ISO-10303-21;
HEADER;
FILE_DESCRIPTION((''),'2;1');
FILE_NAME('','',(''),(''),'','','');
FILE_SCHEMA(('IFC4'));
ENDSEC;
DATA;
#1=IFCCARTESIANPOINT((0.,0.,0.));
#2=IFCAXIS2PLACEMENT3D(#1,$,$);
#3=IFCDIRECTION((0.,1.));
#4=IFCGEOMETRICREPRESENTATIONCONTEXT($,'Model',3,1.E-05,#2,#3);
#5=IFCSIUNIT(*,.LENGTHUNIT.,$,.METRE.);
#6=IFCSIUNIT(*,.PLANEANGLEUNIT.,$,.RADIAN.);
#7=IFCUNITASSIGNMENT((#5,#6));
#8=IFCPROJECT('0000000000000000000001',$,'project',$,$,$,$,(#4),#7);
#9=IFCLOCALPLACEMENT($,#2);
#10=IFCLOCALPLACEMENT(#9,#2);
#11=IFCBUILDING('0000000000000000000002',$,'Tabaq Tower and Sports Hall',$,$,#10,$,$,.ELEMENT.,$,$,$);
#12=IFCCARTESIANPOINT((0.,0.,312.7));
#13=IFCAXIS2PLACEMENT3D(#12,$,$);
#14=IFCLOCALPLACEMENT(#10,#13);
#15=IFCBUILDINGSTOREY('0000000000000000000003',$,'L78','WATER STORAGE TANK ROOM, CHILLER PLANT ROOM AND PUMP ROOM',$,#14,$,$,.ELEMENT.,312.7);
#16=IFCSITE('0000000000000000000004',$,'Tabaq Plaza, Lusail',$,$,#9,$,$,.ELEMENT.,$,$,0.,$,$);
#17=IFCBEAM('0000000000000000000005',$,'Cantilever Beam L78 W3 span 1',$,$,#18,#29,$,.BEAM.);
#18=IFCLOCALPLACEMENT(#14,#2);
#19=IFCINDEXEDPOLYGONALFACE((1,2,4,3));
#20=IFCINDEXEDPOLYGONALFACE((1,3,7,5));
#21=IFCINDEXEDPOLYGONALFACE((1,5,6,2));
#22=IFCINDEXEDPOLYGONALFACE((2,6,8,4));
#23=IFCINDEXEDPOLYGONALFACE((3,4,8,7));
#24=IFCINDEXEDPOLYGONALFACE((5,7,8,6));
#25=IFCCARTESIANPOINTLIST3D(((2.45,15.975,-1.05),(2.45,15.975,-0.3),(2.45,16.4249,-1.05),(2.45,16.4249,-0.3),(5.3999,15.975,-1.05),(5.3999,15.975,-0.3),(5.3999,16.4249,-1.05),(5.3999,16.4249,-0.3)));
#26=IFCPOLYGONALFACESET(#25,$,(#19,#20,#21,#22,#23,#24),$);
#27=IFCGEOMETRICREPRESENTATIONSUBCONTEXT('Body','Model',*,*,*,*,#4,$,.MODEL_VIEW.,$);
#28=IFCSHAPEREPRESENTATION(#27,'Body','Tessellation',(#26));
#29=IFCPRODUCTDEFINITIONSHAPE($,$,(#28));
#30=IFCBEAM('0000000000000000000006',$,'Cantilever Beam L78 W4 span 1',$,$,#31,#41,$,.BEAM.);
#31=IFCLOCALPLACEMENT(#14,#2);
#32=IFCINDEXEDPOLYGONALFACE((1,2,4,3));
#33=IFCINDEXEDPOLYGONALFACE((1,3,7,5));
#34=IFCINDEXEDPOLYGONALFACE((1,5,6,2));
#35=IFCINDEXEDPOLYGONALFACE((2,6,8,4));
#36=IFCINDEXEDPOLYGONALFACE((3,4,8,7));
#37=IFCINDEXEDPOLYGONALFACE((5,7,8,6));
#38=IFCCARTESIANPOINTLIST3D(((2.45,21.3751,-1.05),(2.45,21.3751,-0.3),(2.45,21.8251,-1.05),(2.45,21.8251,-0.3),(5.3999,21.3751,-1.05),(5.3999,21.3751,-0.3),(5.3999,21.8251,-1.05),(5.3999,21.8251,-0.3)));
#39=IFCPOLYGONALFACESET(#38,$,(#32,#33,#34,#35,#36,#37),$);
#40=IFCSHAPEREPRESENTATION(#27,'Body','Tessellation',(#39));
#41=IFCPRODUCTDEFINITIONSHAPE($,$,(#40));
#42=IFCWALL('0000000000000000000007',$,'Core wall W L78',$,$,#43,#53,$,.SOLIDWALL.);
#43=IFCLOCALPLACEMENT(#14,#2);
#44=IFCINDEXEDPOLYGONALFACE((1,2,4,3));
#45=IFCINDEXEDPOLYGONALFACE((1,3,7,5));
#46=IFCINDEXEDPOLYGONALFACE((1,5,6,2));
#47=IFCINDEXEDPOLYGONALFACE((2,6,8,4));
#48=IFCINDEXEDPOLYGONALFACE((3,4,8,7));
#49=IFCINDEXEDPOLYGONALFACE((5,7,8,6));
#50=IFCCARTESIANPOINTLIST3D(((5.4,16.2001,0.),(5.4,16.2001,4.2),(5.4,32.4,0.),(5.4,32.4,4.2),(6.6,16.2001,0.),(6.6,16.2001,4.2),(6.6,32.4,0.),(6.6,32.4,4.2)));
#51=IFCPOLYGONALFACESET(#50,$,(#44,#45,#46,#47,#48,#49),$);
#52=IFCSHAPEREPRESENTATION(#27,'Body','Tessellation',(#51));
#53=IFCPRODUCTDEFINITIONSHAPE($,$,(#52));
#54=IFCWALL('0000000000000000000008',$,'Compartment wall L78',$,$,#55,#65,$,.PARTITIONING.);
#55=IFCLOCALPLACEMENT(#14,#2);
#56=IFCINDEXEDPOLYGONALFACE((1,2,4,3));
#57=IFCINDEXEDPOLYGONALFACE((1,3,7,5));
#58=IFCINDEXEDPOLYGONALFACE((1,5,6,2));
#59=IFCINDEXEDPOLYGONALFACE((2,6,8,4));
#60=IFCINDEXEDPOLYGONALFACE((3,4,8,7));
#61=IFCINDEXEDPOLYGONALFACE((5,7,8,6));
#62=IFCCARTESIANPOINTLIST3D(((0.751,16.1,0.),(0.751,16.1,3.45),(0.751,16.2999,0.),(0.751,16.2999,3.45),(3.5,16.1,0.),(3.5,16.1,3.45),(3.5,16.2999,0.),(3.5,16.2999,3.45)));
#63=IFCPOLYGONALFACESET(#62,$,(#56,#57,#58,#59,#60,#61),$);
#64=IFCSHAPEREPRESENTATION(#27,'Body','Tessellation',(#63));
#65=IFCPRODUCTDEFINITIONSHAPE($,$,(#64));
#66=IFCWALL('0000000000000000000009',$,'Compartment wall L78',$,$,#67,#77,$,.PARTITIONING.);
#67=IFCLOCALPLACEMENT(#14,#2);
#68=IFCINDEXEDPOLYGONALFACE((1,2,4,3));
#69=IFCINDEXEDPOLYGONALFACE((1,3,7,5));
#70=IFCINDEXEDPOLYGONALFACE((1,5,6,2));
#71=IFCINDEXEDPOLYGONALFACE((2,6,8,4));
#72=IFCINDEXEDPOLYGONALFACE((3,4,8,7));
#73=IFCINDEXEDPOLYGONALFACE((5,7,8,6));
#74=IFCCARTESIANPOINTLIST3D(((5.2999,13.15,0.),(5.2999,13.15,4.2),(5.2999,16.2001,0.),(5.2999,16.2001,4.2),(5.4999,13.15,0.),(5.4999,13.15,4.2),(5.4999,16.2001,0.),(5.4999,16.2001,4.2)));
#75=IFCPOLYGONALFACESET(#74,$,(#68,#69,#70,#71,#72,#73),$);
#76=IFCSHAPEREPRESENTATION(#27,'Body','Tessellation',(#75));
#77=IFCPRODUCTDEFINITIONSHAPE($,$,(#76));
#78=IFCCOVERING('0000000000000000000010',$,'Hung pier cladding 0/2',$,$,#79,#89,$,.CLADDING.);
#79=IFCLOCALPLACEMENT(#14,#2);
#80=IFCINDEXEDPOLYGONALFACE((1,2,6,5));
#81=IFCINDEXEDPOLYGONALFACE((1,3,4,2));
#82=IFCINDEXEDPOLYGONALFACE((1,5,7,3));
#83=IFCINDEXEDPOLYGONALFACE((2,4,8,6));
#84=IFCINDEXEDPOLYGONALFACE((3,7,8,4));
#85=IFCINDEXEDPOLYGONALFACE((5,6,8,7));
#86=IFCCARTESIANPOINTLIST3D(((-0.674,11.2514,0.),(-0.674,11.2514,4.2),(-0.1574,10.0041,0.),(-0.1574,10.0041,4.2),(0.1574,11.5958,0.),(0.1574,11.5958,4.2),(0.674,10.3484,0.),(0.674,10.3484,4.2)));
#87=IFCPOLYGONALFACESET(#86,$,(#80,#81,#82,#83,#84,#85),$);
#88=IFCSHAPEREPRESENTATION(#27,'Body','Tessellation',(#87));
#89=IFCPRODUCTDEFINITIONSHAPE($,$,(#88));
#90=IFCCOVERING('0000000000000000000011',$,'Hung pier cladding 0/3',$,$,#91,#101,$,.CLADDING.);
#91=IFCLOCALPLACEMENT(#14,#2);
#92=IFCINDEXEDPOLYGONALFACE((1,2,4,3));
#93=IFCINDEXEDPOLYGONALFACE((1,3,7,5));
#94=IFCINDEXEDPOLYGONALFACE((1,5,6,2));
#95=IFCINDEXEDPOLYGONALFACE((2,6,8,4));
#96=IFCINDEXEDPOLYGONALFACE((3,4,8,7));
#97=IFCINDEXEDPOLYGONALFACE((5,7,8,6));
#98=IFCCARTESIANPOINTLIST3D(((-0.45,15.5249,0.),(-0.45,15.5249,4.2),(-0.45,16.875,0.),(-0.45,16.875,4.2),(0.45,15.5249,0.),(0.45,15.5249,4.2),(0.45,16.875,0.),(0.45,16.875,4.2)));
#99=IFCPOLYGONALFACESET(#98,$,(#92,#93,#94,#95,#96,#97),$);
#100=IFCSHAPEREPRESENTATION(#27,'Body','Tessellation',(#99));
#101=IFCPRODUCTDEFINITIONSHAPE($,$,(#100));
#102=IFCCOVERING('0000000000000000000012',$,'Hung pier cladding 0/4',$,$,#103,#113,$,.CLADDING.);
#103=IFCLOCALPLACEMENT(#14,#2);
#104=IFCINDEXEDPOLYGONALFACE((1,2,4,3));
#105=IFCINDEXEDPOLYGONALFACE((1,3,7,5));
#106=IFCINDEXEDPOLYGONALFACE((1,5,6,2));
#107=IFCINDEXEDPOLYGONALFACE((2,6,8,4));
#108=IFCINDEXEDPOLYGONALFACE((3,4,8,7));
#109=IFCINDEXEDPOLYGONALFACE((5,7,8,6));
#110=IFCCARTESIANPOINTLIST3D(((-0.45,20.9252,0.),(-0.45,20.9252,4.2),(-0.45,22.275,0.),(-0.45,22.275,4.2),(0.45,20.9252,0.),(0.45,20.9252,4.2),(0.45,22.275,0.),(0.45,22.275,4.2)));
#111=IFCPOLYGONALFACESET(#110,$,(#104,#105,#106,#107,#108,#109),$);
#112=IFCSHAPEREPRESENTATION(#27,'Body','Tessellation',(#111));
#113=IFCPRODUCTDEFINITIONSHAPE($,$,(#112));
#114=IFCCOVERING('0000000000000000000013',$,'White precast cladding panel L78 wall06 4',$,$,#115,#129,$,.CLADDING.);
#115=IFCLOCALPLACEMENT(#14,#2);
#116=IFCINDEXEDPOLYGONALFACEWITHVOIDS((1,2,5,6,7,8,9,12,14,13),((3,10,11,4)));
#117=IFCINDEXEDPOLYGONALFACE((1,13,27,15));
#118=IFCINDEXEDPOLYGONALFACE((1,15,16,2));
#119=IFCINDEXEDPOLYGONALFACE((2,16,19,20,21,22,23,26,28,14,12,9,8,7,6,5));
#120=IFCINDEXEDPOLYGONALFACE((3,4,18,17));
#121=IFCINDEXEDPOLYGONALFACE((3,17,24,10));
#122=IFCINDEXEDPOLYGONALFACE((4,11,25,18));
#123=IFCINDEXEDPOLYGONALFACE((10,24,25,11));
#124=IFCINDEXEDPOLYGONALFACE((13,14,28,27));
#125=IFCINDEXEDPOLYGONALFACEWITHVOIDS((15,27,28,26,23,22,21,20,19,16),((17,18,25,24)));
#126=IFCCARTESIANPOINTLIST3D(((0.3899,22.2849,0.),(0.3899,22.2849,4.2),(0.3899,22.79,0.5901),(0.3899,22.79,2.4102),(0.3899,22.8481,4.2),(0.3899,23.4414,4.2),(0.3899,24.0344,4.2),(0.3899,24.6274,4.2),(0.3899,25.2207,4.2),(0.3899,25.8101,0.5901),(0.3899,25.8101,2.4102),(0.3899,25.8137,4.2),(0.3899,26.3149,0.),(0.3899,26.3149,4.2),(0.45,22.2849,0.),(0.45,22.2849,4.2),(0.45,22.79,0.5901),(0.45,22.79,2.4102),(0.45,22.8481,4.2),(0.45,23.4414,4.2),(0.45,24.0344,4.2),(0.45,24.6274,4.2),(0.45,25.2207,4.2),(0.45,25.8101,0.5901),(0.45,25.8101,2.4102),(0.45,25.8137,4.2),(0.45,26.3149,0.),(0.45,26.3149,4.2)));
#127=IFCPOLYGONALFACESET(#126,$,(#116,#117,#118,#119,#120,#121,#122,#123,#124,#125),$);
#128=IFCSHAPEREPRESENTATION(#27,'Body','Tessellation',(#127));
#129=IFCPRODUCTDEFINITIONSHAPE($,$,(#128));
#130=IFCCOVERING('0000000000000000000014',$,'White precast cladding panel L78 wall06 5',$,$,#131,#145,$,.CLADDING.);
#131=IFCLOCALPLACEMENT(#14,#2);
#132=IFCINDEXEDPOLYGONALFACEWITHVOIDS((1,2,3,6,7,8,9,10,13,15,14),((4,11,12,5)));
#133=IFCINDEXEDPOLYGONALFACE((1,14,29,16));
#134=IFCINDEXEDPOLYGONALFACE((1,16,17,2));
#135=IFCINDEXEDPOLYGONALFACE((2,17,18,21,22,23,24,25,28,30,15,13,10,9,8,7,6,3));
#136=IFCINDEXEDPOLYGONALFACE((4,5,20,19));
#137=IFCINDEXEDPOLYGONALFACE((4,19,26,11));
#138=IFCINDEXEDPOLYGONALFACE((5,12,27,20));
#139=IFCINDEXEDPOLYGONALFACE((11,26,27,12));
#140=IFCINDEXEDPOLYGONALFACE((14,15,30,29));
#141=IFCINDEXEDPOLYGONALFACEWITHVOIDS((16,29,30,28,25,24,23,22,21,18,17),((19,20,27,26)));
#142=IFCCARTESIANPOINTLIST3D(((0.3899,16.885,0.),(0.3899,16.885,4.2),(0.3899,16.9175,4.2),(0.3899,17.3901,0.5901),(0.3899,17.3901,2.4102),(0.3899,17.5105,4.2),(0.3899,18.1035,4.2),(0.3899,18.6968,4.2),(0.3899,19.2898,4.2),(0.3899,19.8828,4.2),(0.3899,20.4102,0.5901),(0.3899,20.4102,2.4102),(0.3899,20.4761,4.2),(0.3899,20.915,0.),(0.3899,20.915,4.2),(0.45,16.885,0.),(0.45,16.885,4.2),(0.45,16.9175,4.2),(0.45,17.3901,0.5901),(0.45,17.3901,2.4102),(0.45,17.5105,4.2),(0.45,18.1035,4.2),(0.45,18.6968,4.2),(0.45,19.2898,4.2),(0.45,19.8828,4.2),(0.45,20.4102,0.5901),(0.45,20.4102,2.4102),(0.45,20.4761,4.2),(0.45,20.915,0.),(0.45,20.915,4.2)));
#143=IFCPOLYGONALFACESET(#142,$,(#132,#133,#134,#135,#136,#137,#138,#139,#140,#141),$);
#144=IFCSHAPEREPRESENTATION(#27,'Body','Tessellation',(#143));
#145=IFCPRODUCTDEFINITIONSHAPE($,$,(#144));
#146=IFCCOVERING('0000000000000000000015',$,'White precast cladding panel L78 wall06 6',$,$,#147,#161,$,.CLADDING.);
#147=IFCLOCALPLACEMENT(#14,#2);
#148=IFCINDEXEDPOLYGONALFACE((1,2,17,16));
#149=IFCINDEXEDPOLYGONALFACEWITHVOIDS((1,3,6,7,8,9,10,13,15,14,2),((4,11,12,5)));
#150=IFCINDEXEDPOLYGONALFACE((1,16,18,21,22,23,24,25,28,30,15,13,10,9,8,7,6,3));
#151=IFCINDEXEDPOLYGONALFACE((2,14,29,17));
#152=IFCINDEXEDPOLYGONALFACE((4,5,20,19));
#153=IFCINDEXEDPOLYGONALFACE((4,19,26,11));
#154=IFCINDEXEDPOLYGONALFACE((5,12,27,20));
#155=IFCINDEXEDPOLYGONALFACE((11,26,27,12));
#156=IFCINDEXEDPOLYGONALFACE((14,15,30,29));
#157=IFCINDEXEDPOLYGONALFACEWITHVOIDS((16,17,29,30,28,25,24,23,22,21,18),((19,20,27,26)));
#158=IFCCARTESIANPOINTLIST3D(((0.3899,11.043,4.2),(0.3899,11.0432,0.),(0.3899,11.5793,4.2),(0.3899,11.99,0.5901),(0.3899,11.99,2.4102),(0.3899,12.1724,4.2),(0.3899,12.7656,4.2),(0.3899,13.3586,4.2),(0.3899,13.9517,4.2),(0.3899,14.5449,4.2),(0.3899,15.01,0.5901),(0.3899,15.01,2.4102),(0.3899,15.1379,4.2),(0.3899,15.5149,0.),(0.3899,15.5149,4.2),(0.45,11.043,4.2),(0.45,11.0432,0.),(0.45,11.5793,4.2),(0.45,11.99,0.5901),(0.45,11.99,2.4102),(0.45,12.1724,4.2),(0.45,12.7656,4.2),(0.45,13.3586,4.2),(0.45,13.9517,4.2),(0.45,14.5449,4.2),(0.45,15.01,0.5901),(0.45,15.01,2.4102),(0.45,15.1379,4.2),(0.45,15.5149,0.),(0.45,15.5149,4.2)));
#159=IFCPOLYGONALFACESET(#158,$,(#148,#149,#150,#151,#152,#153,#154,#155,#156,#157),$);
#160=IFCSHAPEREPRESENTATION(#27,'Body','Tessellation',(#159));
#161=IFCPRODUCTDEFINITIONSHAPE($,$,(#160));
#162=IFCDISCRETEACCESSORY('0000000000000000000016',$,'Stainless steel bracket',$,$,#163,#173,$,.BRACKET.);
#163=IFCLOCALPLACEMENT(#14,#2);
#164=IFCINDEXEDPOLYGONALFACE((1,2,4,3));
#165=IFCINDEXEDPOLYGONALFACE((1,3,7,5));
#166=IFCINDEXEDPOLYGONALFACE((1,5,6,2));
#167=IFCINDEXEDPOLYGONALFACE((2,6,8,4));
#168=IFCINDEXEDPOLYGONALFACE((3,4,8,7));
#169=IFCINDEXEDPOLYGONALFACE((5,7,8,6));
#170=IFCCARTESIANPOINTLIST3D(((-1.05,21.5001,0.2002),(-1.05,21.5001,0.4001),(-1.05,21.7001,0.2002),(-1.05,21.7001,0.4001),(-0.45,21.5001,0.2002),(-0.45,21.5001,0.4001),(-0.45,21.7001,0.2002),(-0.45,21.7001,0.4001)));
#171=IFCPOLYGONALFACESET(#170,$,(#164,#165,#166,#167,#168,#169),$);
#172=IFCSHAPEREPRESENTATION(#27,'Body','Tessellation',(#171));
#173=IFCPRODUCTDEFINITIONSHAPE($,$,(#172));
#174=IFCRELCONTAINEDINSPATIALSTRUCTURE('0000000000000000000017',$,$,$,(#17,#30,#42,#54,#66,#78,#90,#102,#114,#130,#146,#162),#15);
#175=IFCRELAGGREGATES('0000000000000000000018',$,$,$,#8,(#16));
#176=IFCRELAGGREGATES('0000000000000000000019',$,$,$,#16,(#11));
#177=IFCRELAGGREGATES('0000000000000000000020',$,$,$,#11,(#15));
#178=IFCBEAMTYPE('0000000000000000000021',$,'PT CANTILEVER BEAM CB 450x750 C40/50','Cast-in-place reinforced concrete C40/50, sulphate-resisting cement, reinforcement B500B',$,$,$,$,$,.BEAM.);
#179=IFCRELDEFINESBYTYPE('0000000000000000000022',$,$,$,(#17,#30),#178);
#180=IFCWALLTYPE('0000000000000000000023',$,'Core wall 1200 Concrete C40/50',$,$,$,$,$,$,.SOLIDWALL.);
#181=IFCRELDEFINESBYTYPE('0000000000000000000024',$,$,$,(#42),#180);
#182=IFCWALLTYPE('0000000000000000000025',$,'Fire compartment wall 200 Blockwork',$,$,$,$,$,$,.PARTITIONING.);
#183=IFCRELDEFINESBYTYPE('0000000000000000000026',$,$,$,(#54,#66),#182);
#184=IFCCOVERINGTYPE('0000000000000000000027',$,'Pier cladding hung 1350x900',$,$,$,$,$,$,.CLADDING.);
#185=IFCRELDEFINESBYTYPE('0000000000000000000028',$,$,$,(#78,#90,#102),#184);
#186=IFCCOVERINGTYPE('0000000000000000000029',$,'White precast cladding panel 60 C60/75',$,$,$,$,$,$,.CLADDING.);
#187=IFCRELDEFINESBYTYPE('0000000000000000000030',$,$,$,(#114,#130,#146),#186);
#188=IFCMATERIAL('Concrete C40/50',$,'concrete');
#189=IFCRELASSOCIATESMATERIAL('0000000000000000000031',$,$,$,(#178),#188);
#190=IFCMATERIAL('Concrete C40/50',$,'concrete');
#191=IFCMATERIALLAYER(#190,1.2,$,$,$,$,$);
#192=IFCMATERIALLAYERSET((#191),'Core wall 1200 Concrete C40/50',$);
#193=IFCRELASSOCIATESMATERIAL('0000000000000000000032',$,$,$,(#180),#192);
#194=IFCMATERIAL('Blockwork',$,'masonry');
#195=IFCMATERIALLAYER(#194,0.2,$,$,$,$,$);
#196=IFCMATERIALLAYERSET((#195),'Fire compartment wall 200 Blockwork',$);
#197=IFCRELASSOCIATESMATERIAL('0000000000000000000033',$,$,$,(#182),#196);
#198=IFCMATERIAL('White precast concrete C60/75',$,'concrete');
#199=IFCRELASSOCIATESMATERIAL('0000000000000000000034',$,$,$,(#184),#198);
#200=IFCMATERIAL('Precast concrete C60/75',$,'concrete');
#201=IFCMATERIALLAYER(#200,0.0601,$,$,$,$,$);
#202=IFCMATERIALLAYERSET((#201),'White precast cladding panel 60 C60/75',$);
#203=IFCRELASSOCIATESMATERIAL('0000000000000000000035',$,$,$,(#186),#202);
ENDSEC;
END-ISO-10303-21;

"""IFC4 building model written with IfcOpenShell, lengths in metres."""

from ifc_helpers import new_model, si_unit, direction, frame, frame_2d, origin, origin_2d, place, context, subcontext, project, spatial, polyline, rectangle, outline, extrude, material, layer, layer_set, material_profile, profile_set, type_object, element, save


model = new_model("IFC4")

# Units and contexts
model_context = context("Model", 3, precision=1e-05, world=origin(), true_north=direction((0.0, 1.0)))
body_context = subcontext(model_context, "Body", "Model", "MODEL_VIEW")
ifc_project = project(units=[si_unit("LENGTHUNIT", "METRE"), si_unit("PLANEANGLEUNIT", "RADIAN")], contexts=[model_context])

# Site, building, storey
site_placement = place(None, origin())
site = spatial("IfcSite", under=ifc_project, at=site_placement, Name="Tabaq Plaza, Lusail", CompositionType="ELEMENT", RefElevation=0.0)
building_placement = place(site_placement, origin())
building = spatial("IfcBuilding", under=site, at=building_placement, Name="Tabaq Tower and Sports Hall", CompositionType="ELEMENT")
storey_placement = place(building_placement, frame((0.0, 0.0, 312.7)))
storey = spatial("IfcBuildingStorey", under=building, at=storey_placement, Name="L78", Description="WATER STORAGE TANK ROOM, CHILLER PLANT ROOM AND PUMP ROOM", CompositionType="ELEMENT", Elevation=312.7)

# Beams
ifc_material_1 = material(Name="Concrete C40/50", Category="concrete")
ifc_material_profile = material_profile(ifc_material_1, rectangle(XDim=0.45, YDim=0.75, at=origin_2d()), Name="CB 450x750")
ifc_profile_set = profile_set([ifc_material_profile], Name="Concrete C40/50")
beam_type = type_object("IfcBeamType", Name="PT CANTILEVER BEAM CB 450x750 C40/50", Description="Cast-in-place reinforced concrete C40/50, sulphate-resisting cement, reinforcement B500B", PredefinedType="BEAM", material=ifc_profile_set)
for number, where, z_axis, x_axis, name in (
    (1, (2.45, 16.2, -0.675), (1.0, 0.0, 0.0), (0.0, 1.0, 0.0), "Cantilever Beam L78 W3 span 1"),
    (2, (2.45, 21.6001, -0.675), (1.0, 0.0, 0.0), (0.0, 1.0, 0.0), "Cantilever Beam L78 W4 span 1"),
):
    element("IfcBeam", number, at=place(storey_placement, frame(where, z_axis=z_axis, x_axis=x_axis)), inside=storey, type_object=beam_type, Name=name, PredefinedType="BEAM", context=body_context, shape_type="SweptSolid", body=[
        extrude(rectangle(XDim=0.45, YDim=0.75, at=origin_2d()), origin(), (0.0, 0.0, 1.0), 2.95),
    ])

# Walls
ifc_material_2 = material(Name="Concrete C40/50", Category="concrete")
ifc_layer_1 = layer(ifc_material_2, 1.2)
ifc_layer_set_1 = layer_set([ifc_layer_1], Name="Core wall 1200 Concrete C40/50")
wall_type_1 = type_object("IfcWallType", Name="Core wall 1200 Concrete C40/50", PredefinedType="SOLIDWALL", material=ifc_layer_set_1)
wall_1_placement = place(storey_placement, frame((6.0, 16.2, 0.0), z_axis=(0.0, 0.0, 1.0), x_axis=(0.0, 1.0, 0.0)))
element("IfcWall", 3, at=wall_1_placement, inside=storey, type_object=wall_type_1, Name="Core wall W L78", PredefinedType="SOLIDWALL", context=body_context, shape_type="SweptSolid", body=[
    extrude(rectangle(XDim=16.2, YDim=1.2, at=frame_2d((8.1001, 0.0))), origin(), (0.0, 0.0, 1.0), 4.2),
])
ifc_material_3 = material(Name="Blockwork", Category="masonry")
ifc_layer_2 = layer(ifc_material_3, 0.2)
ifc_layer_set_2 = layer_set([ifc_layer_2], Name="Fire compartment wall 200 Blockwork")
wall_type_2 = type_object("IfcWallType", Name="Fire compartment wall 200 Blockwork", PredefinedType="PARTITIONING", material=ifc_layer_set_2)
wall_2_placement = place(storey_placement, frame((3.5, 16.2, 0.0), z_axis=(0.0, 0.0, 1.0), x_axis=(-1.0, 0.0, 0.0)))
element("IfcWall", 4, at=wall_2_placement, inside=storey, type_object=wall_type_2, Name="Compartment wall L78", PredefinedType="PARTITIONING", context=body_context, shape_type="SweptSolid", body=[
    extrude(rectangle(XDim=2.749, YDim=0.2, at=frame_2d((1.3745, 0.0))), origin(), (0.0, 0.0, 1.0), 3.45),
])

# Wall
wall_3_placement = place(storey_placement, frame((5.3999, 16.2, 0.0), z_axis=(0.0, 0.0, 1.0), x_axis=(0.0, -1.0, 0.0)))
element("IfcWall", 5, at=wall_3_placement, inside=storey, type_object=wall_type_2, Name="Compartment wall L78", PredefinedType="PARTITIONING", context=body_context, shape_type="SweptSolid", body=[
    extrude(rectangle(XDim=3.05, YDim=0.2, at=frame_2d((1.5249, 0.0))), origin(), (0.0, 0.0, 1.0), 4.2),
])

# Coverings
ifc_material_4 = material(Name="White precast concrete C60/75", Category="concrete")
covering_type_1 = type_object("IfcCoveringType", Name="Pier cladding hung 1350x900", PredefinedType="CLADDING", material=ifc_material_4)
for number, where, z_axis, x_axis, name in (
    (6, (-0.2583, 11.4236, 0.0), (0.0, 0.0, 1.0), (0.38265, -0.923893, 0.0), "Hung pier cladding 0/2"),
    (7, (0.0, 16.875, 0.0), (0.0, 0.0, 1.0), (0.0, -1.0, 0.0), "Hung pier cladding 0/3"),
):
    element("IfcCovering", number, at=place(storey_placement, frame(where, z_axis=z_axis, x_axis=x_axis)), inside=storey, type_object=covering_type_1, Name=name, PredefinedType="CLADDING", context=body_context, shape_type="SweptSolid", body=[
        extrude(rectangle(XDim=1.3501, YDim=0.8999, at=frame_2d((0.675, 0.0))), origin(), (0.0, 0.0, 1.0), 4.2),
    ])
covering_1_placement = place(storey_placement, frame((0.0, 22.2749, 0.0), z_axis=(0.0, 0.0, 1.0), x_axis=(0.0, -1.0, 0.0)))
element("IfcCovering", 8, at=covering_1_placement, inside=storey, type_object=covering_type_1, Name="Hung pier cladding 0/4", PredefinedType="CLADDING", context=body_context, shape_type="SweptSolid", body=[
    extrude(rectangle(XDim=1.3499, YDim=0.8999, at=frame_2d((0.6748, 0.0))), origin(), (0.0, 0.0, 1.0), 4.2),
])
ifc_material_5 = material(Name="Precast concrete C60/75", Category="concrete")
ifc_layer_3 = layer(ifc_material_5, 0.0601)
ifc_layer_set_3 = layer_set([ifc_layer_3], Name="White precast cladding panel 60 C60/75")
covering_type_2 = type_object("IfcCoveringType", Name="White precast cladding panel 60 C60/75", PredefinedType="CLADDING", material=ifc_layer_set_3)
covering_2_placement = place(storey_placement, frame((0.4199, 26.3149, 0.0), z_axis=(0.0, 0.0, 1.0), x_axis=(0.0, -1.0, 0.0)))
element("IfcCovering", 9, at=covering_2_placement, inside=storey, type_object=covering_type_2, Name="White precast cladding panel L78 wall06 4", PredefinedType="CLADDING", context=body_context, shape_type="SweptSolid", body=[
    extrude(outline(polyline([(0.0, 0.0), (4.03, 0.0), (4.03, 4.2), (3.4668, 4.2), (2.8735, 4.2), (2.2805, 4.2), (1.6875, 4.2), (1.0942, 4.2), (0.5012, 4.2), (0.0, 4.2), (0.0, 0.0)]), holes=[polyline([(0.5049, 0.5901), (0.5049, 2.4102), (3.5249, 2.4102), (3.5249, 0.5901), (0.5049, 0.5901)])]), frame((0.0, 0.03, 0.0), z_axis=(0.0, -1.0, 0.0), x_axis=(1.0, 0.0, 0.0)), (0.0, 0.0, 1.0), 0.0601),
])
covering_3_placement = place(storey_placement, frame((0.4199, 20.915, 0.0), z_axis=(0.0, 0.0, 1.0), x_axis=(0.0, -1.0, 0.0)))
element("IfcCovering", 10, at=covering_3_placement, inside=storey, type_object=covering_type_2, Name="White precast cladding panel L78 wall06 5", PredefinedType="CLADDING", context=body_context, shape_type="SweptSolid", body=[
    extrude(outline(polyline([(0.0, 0.0), (4.03, 0.0), (4.03, 4.2), (3.9976, 4.2), (3.4045, 4.2), (2.8115, 4.2), (2.2183, 4.2), (1.6252, 4.2), (1.0322, 4.2), (0.439, 4.2), (0.0, 4.2), (0.0, 0.0)]), holes=[polyline([(0.5049, 0.5901), (0.5049, 2.4102), (3.5249, 2.4102), (3.5249, 0.5901), (0.5049, 0.5901)])]), frame((0.0, 0.03, 0.0), z_axis=(0.0, -1.0, 0.0), x_axis=(1.0, 0.0, 0.0)), (0.0, 0.0, 1.0), 0.0601),
])
covering_4_placement = place(storey_placement, frame((0.4199, 15.5149, 0.0), z_axis=(0.0, 0.0, 1.0), x_axis=(0.0, -1.0, 0.0)))
element("IfcCovering", 11, at=covering_4_placement, inside=storey, type_object=covering_type_2, Name="White precast cladding panel L78 wall06 6", PredefinedType="CLADDING", context=body_context, shape_type="SweptSolid", body=[
    extrude(outline(polyline([(0.0, 0.0), (4.4717, 0.0), (4.4719, 4.2), (3.9355, 4.2), (3.3425, 4.2), (2.7493, 4.2), (2.1562, 4.2), (1.5632, 4.2), (0.97, 4.2), (0.377, 4.2), (0.0, 4.2), (0.0, 0.0)]), holes=[polyline([(0.5049, 0.5901), (0.5049, 2.4102), (3.5249, 2.4102), (3.5249, 0.5901), (0.5049, 0.5901)])]), frame((0.0, 0.03, 0.0), z_axis=(0.0, -1.0, 0.0), x_axis=(1.0, 0.0, 0.0)), (0.0, 0.0, 1.0), 0.0601),
])

# Discrete accessory
for number, where, z_axis, x_axis, name in (
    (12, (-0.75, 21.6001, 0.2002), (0.0, 0.0, 1.0), (-1.0, 0.0, 0.0), "Stainless steel bracket"),
):
    element("IfcDiscreteAccessory", number, at=place(storey_placement, frame(where, z_axis=z_axis, x_axis=x_axis)), inside=storey, Name=name, PredefinedType="BRACKET", context=body_context, shape_type="SweptSolid", body=[
        extrude(rectangle(XDim=0.6001, YDim=0.2, at=origin_2d()), origin(), (0.0, 0.0, 1.0), 0.2),
    ])

save(model, "model.ifc")
